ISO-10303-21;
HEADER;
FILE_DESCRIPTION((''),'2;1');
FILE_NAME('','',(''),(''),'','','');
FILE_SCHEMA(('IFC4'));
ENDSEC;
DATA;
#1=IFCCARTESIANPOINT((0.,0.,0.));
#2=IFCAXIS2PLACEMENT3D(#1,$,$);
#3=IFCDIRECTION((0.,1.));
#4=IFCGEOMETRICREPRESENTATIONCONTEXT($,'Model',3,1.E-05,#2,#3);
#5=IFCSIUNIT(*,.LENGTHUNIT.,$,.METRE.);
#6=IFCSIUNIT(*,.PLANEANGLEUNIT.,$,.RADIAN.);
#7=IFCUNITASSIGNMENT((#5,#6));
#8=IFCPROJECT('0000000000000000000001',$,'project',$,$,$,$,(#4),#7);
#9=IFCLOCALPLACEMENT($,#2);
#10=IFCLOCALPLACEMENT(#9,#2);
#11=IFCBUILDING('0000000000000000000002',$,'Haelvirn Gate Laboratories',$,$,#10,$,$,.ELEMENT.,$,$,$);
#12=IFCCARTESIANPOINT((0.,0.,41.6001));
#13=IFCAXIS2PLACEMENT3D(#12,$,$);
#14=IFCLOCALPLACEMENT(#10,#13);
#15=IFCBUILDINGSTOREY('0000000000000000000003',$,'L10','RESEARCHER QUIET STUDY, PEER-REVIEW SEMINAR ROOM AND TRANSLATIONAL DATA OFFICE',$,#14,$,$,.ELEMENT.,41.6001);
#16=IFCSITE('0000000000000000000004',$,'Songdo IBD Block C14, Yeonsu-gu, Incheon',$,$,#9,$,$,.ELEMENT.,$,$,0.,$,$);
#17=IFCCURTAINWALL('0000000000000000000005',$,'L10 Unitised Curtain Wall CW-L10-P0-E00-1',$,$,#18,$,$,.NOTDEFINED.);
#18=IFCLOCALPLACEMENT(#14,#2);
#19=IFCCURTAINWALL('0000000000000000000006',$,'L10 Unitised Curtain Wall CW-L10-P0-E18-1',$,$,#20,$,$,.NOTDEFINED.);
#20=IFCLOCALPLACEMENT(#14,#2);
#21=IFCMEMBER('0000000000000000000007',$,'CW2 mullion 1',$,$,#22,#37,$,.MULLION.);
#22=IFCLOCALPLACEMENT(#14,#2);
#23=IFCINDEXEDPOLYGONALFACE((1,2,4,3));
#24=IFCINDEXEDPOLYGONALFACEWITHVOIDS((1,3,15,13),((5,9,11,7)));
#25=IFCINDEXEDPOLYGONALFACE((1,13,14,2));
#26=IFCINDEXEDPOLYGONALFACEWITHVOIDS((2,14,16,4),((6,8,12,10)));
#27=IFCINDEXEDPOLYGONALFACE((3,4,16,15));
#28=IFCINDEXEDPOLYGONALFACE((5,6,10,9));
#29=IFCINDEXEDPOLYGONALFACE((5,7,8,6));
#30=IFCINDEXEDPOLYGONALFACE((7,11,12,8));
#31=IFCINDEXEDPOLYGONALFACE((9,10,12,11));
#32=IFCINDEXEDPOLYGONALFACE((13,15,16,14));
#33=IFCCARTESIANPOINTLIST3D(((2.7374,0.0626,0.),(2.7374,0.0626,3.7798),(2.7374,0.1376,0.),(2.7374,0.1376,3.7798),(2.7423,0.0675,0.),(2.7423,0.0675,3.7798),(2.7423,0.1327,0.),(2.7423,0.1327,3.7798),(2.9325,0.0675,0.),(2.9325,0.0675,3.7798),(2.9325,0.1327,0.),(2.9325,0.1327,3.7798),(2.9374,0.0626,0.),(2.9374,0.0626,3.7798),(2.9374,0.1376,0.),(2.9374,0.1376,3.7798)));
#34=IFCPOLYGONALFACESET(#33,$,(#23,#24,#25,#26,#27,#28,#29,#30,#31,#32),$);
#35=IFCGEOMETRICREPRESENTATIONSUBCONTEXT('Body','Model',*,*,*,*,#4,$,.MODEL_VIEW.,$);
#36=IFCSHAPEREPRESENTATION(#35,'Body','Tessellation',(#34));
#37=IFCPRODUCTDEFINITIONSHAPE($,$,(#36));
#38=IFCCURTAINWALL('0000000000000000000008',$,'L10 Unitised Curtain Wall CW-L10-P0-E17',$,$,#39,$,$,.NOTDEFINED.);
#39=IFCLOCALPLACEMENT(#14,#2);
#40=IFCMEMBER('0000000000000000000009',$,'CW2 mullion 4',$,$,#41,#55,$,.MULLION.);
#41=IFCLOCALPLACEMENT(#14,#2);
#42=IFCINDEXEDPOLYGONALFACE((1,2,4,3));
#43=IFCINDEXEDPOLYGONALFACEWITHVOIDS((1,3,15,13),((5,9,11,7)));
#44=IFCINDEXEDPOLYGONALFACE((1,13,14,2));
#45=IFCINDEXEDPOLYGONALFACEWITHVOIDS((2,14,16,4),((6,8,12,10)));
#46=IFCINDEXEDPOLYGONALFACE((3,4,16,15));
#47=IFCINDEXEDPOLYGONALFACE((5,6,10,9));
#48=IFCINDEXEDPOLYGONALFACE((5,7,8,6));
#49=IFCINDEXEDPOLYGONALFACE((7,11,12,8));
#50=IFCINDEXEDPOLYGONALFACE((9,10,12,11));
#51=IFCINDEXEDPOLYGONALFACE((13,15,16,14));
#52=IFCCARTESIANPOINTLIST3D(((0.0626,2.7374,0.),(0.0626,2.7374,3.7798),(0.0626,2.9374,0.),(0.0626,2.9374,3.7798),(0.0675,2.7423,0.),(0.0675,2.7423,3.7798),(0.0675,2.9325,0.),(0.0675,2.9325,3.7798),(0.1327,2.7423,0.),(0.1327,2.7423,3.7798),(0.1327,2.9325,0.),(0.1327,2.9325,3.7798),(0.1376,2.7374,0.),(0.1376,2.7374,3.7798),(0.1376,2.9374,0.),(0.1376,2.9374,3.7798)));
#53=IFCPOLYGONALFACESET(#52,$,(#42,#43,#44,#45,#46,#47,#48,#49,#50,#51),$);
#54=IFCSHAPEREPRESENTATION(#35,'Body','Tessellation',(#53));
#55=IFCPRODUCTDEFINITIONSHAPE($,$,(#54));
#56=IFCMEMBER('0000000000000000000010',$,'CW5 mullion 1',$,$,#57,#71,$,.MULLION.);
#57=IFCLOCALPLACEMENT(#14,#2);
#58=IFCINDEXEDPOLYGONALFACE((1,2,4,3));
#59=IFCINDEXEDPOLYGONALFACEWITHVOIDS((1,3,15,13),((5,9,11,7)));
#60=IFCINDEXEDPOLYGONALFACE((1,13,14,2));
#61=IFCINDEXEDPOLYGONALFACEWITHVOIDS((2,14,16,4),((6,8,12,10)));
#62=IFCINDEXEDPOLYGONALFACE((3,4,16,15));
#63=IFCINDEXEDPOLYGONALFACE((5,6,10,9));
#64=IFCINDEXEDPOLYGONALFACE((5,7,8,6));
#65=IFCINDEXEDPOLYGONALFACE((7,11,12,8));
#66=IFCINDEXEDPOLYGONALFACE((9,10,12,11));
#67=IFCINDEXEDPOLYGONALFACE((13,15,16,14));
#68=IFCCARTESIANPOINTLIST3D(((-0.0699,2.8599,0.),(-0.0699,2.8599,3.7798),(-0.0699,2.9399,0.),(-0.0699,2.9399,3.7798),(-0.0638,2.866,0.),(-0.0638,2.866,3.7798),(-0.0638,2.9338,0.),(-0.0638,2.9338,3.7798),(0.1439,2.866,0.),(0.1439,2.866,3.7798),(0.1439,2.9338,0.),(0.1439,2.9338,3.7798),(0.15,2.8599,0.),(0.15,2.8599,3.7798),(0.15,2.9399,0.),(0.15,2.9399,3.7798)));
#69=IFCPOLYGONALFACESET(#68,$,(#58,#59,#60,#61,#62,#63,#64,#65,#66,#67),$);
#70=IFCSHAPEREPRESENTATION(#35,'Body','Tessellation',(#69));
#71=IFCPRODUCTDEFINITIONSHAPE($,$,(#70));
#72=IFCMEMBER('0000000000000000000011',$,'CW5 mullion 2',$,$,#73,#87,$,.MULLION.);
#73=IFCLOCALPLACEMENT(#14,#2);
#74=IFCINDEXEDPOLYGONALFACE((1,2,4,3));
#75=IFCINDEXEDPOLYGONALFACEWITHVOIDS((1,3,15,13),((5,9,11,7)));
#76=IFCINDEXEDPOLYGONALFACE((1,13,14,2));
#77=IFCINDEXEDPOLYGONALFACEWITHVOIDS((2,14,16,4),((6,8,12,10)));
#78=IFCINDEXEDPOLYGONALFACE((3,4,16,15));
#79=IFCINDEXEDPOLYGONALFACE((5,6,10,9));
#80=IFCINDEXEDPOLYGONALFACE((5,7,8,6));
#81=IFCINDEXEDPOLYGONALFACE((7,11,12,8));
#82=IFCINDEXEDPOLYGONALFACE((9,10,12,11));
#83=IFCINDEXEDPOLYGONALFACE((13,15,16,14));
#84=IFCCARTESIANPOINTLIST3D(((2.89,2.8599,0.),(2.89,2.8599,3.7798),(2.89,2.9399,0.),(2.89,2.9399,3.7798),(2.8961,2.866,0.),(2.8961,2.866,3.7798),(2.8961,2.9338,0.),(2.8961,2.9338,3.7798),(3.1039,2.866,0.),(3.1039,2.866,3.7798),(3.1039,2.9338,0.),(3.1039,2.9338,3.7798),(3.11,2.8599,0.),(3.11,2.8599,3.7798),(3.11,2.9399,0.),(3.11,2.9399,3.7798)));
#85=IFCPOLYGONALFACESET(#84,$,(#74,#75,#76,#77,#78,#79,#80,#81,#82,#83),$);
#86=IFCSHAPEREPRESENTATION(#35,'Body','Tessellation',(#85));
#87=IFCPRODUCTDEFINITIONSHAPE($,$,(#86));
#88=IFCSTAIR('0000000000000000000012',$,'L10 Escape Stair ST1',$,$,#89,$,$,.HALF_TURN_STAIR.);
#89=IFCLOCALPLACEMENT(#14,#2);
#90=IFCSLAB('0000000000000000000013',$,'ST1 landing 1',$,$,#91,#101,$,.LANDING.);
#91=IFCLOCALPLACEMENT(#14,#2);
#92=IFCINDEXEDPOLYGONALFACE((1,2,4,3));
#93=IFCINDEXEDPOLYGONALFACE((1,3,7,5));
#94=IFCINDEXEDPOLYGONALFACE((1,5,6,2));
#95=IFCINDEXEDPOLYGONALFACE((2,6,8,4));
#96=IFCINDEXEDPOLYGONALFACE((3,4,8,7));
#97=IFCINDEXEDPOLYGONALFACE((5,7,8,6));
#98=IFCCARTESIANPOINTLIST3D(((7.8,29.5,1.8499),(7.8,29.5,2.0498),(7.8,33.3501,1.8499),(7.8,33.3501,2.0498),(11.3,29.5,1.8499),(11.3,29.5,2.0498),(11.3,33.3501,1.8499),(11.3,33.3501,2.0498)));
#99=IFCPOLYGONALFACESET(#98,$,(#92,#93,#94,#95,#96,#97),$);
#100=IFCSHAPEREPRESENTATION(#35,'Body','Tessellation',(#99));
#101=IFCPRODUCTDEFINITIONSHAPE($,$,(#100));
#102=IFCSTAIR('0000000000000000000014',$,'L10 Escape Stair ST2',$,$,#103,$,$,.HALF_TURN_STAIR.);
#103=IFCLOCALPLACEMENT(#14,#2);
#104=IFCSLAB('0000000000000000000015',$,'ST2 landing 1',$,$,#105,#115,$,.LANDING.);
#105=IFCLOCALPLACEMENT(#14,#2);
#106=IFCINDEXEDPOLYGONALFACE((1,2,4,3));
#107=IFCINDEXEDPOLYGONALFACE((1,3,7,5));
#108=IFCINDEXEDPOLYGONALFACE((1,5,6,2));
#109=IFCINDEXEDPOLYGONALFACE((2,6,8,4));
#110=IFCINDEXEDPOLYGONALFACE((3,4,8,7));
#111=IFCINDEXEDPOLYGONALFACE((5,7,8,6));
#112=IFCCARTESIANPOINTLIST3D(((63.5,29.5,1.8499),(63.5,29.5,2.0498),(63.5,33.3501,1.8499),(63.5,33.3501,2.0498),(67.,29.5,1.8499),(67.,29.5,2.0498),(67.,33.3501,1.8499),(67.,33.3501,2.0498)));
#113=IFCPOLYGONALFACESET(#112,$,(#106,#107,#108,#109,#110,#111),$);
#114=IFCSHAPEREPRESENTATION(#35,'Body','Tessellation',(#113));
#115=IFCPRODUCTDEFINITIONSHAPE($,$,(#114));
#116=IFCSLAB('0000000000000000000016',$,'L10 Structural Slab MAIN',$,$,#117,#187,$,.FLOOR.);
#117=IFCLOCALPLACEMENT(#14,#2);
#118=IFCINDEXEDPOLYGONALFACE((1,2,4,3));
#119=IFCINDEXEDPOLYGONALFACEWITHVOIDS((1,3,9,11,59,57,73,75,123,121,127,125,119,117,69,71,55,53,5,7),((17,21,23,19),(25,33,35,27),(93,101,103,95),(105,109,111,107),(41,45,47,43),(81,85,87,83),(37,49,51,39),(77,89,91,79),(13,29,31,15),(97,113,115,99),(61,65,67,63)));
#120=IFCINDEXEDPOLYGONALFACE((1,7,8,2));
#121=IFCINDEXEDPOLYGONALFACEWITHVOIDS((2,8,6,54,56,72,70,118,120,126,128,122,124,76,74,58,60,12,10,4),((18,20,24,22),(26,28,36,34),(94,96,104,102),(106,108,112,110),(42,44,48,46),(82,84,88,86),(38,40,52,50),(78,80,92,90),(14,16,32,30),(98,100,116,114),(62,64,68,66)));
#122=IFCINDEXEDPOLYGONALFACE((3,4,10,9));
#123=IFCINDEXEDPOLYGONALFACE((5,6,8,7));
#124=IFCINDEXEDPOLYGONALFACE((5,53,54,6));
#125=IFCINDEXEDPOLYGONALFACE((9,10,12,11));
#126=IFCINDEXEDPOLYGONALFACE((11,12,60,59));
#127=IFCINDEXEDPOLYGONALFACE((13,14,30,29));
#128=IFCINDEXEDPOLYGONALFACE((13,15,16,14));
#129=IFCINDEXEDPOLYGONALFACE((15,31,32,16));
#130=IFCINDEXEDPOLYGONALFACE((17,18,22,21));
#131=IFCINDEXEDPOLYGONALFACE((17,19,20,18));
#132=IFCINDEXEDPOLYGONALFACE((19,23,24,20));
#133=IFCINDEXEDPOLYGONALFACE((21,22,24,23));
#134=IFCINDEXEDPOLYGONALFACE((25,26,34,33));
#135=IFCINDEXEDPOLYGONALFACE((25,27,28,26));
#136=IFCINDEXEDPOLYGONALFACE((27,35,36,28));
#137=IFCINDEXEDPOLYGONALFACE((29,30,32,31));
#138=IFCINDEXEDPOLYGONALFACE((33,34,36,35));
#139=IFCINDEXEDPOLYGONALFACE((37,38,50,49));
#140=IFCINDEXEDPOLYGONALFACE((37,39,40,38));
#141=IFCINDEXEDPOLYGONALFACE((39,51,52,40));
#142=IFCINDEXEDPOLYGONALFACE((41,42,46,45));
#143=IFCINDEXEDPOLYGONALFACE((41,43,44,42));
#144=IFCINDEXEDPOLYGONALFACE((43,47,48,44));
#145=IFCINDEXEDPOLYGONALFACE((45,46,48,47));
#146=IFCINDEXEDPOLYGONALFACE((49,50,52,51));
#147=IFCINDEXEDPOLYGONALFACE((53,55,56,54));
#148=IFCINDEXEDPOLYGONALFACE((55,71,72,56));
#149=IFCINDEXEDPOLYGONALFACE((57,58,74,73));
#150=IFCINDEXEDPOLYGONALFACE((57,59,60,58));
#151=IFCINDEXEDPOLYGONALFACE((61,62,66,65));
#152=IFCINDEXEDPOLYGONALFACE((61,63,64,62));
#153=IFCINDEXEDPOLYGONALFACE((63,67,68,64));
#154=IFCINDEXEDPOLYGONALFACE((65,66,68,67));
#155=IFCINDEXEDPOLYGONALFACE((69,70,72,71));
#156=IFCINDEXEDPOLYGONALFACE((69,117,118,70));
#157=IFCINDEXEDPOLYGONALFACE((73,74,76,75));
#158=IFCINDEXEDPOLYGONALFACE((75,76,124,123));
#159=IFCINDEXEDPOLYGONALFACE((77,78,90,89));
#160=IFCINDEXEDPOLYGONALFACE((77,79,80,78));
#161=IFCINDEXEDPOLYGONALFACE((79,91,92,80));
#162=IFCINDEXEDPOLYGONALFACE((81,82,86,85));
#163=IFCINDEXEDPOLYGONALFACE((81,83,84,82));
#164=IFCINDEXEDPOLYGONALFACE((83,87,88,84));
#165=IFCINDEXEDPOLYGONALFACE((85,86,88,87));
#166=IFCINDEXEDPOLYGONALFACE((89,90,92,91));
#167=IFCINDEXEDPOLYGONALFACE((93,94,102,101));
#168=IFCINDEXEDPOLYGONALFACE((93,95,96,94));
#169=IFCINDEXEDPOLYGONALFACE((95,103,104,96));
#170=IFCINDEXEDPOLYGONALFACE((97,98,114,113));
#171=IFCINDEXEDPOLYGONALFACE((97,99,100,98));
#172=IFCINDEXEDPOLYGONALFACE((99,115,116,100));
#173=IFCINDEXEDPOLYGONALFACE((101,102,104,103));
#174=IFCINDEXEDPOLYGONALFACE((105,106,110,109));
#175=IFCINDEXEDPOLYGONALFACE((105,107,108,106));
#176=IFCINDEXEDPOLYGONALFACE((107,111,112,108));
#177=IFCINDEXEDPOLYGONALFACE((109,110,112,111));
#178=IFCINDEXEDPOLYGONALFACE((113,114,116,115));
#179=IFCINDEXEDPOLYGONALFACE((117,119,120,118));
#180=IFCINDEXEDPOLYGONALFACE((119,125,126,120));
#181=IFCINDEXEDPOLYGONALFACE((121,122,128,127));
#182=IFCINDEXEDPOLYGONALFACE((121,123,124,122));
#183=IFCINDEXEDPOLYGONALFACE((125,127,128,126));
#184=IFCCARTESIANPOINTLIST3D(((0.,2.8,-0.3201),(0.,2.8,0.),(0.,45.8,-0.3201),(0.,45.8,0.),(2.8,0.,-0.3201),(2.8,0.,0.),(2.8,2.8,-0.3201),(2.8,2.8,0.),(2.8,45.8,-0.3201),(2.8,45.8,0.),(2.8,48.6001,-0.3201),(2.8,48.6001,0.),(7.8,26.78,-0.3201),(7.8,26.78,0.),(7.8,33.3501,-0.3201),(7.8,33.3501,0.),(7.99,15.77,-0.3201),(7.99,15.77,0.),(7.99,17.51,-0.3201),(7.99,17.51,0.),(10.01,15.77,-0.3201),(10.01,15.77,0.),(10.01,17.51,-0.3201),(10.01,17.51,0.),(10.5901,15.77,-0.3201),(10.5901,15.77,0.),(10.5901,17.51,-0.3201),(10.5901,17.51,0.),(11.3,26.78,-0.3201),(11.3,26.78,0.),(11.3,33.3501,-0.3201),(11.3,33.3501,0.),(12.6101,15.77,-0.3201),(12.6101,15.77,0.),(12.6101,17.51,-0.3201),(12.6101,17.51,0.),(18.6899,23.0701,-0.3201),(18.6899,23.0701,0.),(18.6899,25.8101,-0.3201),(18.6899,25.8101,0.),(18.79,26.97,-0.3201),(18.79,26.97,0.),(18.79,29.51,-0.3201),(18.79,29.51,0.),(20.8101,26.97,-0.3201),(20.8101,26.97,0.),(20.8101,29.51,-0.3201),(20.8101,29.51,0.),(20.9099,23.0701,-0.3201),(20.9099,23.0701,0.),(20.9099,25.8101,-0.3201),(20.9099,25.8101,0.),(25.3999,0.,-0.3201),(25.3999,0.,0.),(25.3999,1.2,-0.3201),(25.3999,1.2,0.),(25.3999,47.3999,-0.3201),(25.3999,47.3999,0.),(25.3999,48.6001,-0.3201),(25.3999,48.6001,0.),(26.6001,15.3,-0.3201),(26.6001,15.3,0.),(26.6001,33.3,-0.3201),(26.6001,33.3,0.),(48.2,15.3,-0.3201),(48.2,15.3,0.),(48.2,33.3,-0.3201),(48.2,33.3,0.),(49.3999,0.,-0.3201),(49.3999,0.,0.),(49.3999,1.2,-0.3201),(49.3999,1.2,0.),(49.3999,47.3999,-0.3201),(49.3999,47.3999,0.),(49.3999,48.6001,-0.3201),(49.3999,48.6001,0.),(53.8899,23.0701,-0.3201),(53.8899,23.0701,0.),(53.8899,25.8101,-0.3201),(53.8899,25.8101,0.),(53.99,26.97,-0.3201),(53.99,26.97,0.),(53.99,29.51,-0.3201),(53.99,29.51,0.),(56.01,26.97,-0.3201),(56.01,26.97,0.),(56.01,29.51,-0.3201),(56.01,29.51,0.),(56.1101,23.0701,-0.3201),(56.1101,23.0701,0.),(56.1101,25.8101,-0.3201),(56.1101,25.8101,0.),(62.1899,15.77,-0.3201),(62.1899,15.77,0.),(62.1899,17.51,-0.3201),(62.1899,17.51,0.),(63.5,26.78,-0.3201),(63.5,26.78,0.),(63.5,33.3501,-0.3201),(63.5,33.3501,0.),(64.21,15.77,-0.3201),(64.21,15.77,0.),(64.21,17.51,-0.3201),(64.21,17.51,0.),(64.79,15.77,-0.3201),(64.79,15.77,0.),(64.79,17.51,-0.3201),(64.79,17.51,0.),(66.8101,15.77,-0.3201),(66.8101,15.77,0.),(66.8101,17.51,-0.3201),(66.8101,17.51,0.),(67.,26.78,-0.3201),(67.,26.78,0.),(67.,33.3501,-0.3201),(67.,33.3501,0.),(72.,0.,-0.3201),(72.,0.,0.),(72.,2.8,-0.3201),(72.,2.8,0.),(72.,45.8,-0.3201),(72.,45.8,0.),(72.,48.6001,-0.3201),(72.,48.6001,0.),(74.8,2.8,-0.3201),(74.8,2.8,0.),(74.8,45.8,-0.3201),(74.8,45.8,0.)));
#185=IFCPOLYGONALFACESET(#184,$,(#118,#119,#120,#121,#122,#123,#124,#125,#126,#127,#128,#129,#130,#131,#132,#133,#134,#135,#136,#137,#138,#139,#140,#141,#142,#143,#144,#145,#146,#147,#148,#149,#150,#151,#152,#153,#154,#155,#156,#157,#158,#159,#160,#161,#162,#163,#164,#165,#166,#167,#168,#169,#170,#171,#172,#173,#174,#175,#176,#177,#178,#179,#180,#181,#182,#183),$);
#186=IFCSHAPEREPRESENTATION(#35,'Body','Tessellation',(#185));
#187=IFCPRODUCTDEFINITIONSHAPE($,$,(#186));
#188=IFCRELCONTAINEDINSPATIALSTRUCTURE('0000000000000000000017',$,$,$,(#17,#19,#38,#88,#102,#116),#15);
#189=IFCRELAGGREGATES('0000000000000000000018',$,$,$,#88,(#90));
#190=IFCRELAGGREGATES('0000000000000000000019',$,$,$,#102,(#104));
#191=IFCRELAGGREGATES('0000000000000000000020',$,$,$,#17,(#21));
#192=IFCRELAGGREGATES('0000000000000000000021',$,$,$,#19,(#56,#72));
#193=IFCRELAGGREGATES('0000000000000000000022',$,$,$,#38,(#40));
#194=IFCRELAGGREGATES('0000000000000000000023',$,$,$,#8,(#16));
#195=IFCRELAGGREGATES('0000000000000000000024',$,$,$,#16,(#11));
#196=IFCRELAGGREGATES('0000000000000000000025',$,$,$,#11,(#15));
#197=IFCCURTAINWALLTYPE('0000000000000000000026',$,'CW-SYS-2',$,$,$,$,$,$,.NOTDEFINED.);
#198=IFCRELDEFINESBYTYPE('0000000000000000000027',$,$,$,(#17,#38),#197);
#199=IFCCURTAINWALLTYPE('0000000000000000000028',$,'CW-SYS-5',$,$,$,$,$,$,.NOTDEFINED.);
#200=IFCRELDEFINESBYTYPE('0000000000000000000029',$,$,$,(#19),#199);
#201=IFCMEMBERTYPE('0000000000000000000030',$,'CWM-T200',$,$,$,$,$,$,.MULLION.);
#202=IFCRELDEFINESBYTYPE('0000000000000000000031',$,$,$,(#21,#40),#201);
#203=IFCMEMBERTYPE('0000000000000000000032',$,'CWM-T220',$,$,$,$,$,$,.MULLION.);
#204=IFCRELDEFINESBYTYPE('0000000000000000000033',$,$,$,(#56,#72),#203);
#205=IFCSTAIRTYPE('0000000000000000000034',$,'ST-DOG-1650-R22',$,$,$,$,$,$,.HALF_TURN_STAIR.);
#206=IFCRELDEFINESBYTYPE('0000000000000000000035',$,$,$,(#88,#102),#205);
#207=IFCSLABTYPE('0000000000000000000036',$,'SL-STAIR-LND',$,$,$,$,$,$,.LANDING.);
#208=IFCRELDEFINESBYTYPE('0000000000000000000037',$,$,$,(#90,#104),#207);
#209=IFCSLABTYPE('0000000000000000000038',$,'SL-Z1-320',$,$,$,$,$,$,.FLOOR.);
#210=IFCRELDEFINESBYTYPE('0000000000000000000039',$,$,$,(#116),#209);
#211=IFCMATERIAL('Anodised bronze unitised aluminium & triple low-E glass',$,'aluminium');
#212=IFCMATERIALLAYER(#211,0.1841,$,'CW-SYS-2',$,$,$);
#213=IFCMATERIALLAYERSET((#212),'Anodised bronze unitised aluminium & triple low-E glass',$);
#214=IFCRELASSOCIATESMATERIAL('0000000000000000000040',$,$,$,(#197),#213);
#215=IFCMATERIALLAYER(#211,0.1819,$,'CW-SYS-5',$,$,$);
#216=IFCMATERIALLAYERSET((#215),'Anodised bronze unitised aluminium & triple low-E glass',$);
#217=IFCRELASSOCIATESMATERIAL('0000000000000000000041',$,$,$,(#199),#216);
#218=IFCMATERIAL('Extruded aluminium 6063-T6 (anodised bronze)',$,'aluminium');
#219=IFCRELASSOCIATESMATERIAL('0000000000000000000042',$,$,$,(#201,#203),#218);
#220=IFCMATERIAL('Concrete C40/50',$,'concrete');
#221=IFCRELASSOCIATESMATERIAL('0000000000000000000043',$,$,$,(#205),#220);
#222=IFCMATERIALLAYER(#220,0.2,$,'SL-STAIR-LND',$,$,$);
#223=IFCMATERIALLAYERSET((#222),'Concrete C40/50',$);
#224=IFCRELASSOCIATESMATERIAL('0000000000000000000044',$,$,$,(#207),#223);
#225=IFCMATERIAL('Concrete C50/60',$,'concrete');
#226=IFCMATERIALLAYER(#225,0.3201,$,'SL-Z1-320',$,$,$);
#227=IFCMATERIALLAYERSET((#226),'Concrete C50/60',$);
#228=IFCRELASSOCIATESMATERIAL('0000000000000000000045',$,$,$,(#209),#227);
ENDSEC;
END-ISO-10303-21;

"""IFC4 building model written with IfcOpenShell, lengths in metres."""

from ifc_helpers import new_model, si_unit, direction, frame, origin, origin_2d, place, context, subcontext, project, spatial, polyline, hollow_rectangle, outline, extrude, source, transform, mapped, material, layer, layer_set, material_profile, profile_set, type_object, type_shapes, element, aggregate, save


model = new_model("IFC4")

# Units and contexts
model_context = context("Model", 3, precision=1e-05, world=origin(), true_north=direction((0.0, 1.0)))
body_context = subcontext(model_context, "Body", "Model", "MODEL_VIEW")
ifc_project = project(units=[si_unit("LENGTHUNIT", "METRE"), si_unit("PLANEANGLEUNIT", "RADIAN")], contexts=[model_context])

# Site, building, storey
site_placement = place(None, origin())
site = spatial("IfcSite", under=ifc_project, at=site_placement, Name="Songdo IBD Block C14, Yeonsu-gu, Incheon", CompositionType="ELEMENT", RefElevation=0.0)
building_placement = place(site_placement, origin())
building = spatial("IfcBuilding", under=site, at=building_placement, Name="Haelvirn Gate Laboratories", CompositionType="ELEMENT")
storey_placement = place(building_placement, frame((0.0, 0.0, 41.6001)))
storey = spatial("IfcBuildingStorey", under=building, at=storey_placement, Name="L10", Description="RESEARCHER QUIET STUDY, PEER-REVIEW SEMINAR ROOM AND TRANSLATIONAL DATA OFFICE", CompositionType="ELEMENT", Elevation=41.6001)

# Curtain walls
ifc_material_1 = material(Name="Anodised bronze unitised aluminium & triple low-E glass", Category="aluminium")
ifc_layer_1 = layer(ifc_material_1, 0.1841, Name="CW-SYS-2")
ifc_layer_set_1 = layer_set([ifc_layer_1], Name="Anodised bronze unitised aluminium & triple low-E glass")
curtain_wall_type_1 = type_object("IfcCurtainWallType", Name="CW-SYS-2", PredefinedType="NOTDEFINED", material=ifc_layer_set_1)
curtain_wall_1_placement = place(storey_placement, origin())
curtain_wall_1 = element("IfcCurtainWall", 1, at=curtain_wall_1_placement, inside=storey, type_object=curtain_wall_type_1, Name="L10 Unitised Curtain Wall CW-L10-P0-E00-1", PredefinedType="NOTDEFINED")
ifc_material_2 = material(Name="Extruded aluminium 6063-T6 (anodised bronze)", Category="aluminium")
ifc_layer_2 = layer(ifc_material_1, 0.1819, Name="CW-SYS-5")
ifc_layer_set_2 = layer_set([ifc_layer_2], Name="Anodised bronze unitised aluminium & triple low-E glass")
curtain_wall_type_2 = type_object("IfcCurtainWallType", Name="CW-SYS-5", PredefinedType="NOTDEFINED", material=ifc_layer_set_2)
curtain_wall_2_placement = place(storey_placement, origin())
curtain_wall_2 = element("IfcCurtainWall", 2, at=curtain_wall_2_placement, inside=storey, type_object=curtain_wall_type_2, Name="L10 Unitised Curtain Wall CW-L10-P0-E18-1", PredefinedType="NOTDEFINED")

# Member
ifc_material_profile_1 = material_profile(ifc_material_2, hollow_rectangle(XDim=0.075, YDim=0.2, WallThickness=0.0049, at=origin_2d()), Name="CWM-200x75x5")
ifc_profile_set_1 = profile_set([ifc_material_profile_1], Name="Extruded aluminium 6063-T6 (anodised bronze)")
member_type_1 = type_object("IfcMemberType", Name="CWM-T200", PredefinedType="MULLION", material=ifc_profile_set_1)
shared_shape_1 = source(origin(), body_context, "Body", "SweptSolid", [
    extrude(hollow_rectangle(XDim=0.075, YDim=0.2, WallThickness=0.0049, at=origin_2d()), origin(), (0.0, 0.0, 1.0), 3.7798),
])
type_shapes(member_type_1, [shared_shape_1])
member_1_placement = place(storey_placement, frame((2.8374, 0.1001, 0.0), z_axis=(0.0, 0.0, 1.0), x_axis=(0.0, 1.0, 0.0)))
member_1 = element("IfcMember", 3, at=member_1_placement, type_object=member_type_1, Name="CW2 mullion 1", PredefinedType="MULLION", context=body_context, shape_type="MappedRepresentation", body=[
    mapped(shared_shape_1, transform((0.0, 0.0, 0.0), scale=1.0)),
])

# Curtain wall, member
curtain_wall_3_placement = place(storey_placement, origin())
curtain_wall_3 = element("IfcCurtainWall", 4, at=curtain_wall_3_placement, inside=storey, type_object=curtain_wall_type_1, Name="L10 Unitised Curtain Wall CW-L10-P0-E17", PredefinedType="NOTDEFINED")
member_2_placement = place(storey_placement, frame((0.1001, 2.8374, 0.0), z_axis=(0.0, 0.0, 1.0), x_axis=(1.0, 0.0, 0.0)))
member_2 = element("IfcMember", 5, at=member_2_placement, type_object=member_type_1, Name="CW2 mullion 4", PredefinedType="MULLION", context=body_context, shape_type="MappedRepresentation", body=[
    mapped(shared_shape_1, transform((0.0, 0.0, 0.0), scale=1.0)),
])

# Members
ifc_material_profile_2 = material_profile(ifc_material_2, hollow_rectangle(XDim=0.0801, YDim=0.22, WallThickness=0.0061, at=origin_2d()), Name="CWM-220x80x6")
ifc_profile_set_2 = profile_set([ifc_material_profile_2], Name="Extruded aluminium 6063-T6 (anodised bronze)")
member_type_2 = type_object("IfcMemberType", Name="CWM-T220", PredefinedType="MULLION", material=ifc_profile_set_2)
shared_shape_2 = source(origin(), body_context, "Body", "SweptSolid", [
    extrude(hollow_rectangle(XDim=0.0801, YDim=0.22, WallThickness=0.0061, at=origin_2d()), origin(), (0.0, 0.0, 1.0), 3.7798),
])
type_shapes(member_type_2, [shared_shape_2])
member_3_placement = place(storey_placement, frame((0.04, 2.8999, 0.0), z_axis=(0.0, 0.0, 1.0), x_axis=(0.0, 1.0, 0.0)))
member_3 = element("IfcMember", 6, at=member_3_placement, type_object=member_type_2, Name="CW5 mullion 1", PredefinedType="MULLION", context=body_context, shape_type="MappedRepresentation", body=[
    mapped(shared_shape_2, transform((0.0, 0.0, 0.0), scale=1.0)),
])
member_4_placement = place(storey_placement, frame((3.0, 2.8999, 0.0), z_axis=(0.0, 0.0, 1.0), x_axis=(0.0, 1.0, 0.0)))
member_4 = element("IfcMember", 7, at=member_4_placement, type_object=member_type_2, Name="CW5 mullion 2", PredefinedType="MULLION", context=body_context, shape_type="MappedRepresentation", body=[
    mapped(shared_shape_2, transform((0.0, 0.0, 0.0), scale=1.0)),
])

# Stairs, slabs
ifc_material_3 = material(Name="Concrete C40/50", Category="concrete")
stair_type = type_object("IfcStairType", Name="ST-DOG-1650-R22", PredefinedType="HALF_TURN_STAIR", material=ifc_material_3)
stair_1_placement = place(storey_placement, origin())
stair_1 = element("IfcStair", 8, at=stair_1_placement, inside=storey, type_object=stair_type, Name="L10 Escape Stair ST1", PredefinedType="HALF_TURN_STAIR")
ifc_layer_3 = layer(ifc_material_3, 0.2, Name="SL-STAIR-LND")
ifc_layer_set_3 = layer_set([ifc_layer_3], Name="Concrete C40/50")
slab_type_1 = type_object("IfcSlabType", Name="SL-STAIR-LND", PredefinedType="LANDING", material=ifc_layer_set_3)
slab_1_placement = place(storey_placement, frame((0.0, 0.0, 1.8499)))
slab_1 = element("IfcSlab", 9, at=slab_1_placement, type_object=slab_type_1, Name="ST1 landing 1", PredefinedType="LANDING", context=body_context, shape_type="SweptSolid", body=[
    extrude(outline(polyline([(11.3, 29.5), (11.3, 33.3501), (7.8, 33.3501), (7.8, 29.5), (11.3, 29.5)])), origin(), (0.0, 0.0, 1.0), 0.2),
])
aggregate(stair_1, [slab_1])
stair_2_placement = place(storey_placement, origin())
stair_2 = element("IfcStair", 10, at=stair_2_placement, inside=storey, type_object=stair_type, Name="L10 Escape Stair ST2", PredefinedType="HALF_TURN_STAIR")
slab_2_placement = place(storey_placement, frame((0.0, 0.0, 1.8499)))
slab_2 = element("IfcSlab", 11, at=slab_2_placement, type_object=slab_type_1, Name="ST2 landing 1", PredefinedType="LANDING", context=body_context, shape_type="SweptSolid", body=[
    extrude(outline(polyline([(67.0, 29.5), (67.0, 33.3501), (63.5, 33.3501), (63.5, 29.5), (67.0, 29.5)])), origin(), (0.0, 0.0, 1.0), 0.2),
])
aggregate(stair_2, [slab_2])

# Slab
ifc_material_4 = material(Name="Concrete C50/60", Category="concrete")
ifc_layer_4 = layer(ifc_material_4, 0.3201, Name="SL-Z1-320")
ifc_layer_set_4 = layer_set([ifc_layer_4], Name="Concrete C50/60")
slab_type_2 = type_object("IfcSlabType", Name="SL-Z1-320", PredefinedType="FLOOR", material=ifc_layer_set_4)
slab_3_placement = place(storey_placement, frame((0.0, 0.0, -0.3201)))
element("IfcSlab", 12, at=slab_3_placement, inside=storey, type_object=slab_type_2, Name="L10 Structural Slab MAIN", PredefinedType="FLOOR", context=body_context, shape_type="SweptSolid", body=[
    extrude(outline(polyline([(2.8, 0.0), (25.3999, 0.0), (25.3999, 1.2), (49.3999, 1.2), (49.3999, 0.0), (72.0, 0.0), (72.0, 2.8), (74.8, 2.8), (74.8, 45.8), (72.0, 45.8), (72.0, 48.6001), (49.3999, 48.6001), (49.3999, 47.3999), (25.3999, 47.3999), (25.3999, 48.6001), (2.8, 48.6001), (2.8, 45.8), (0.0, 45.8), (0.0, 2.8), (2.8, 2.8), (2.8, 0.0)]), holes=[polyline([(26.6001, 15.3), (48.2, 15.3), (48.2, 33.3), (26.6001, 33.3), (26.6001, 15.3)]), polyline([(11.3, 26.78), (11.3, 33.3501), (7.8, 33.3501), (7.8, 26.78), (11.3, 26.78)]), polyline([(67.0, 26.78), (67.0, 33.3501), (63.5, 33.3501), (63.5, 26.78), (67.0, 26.78)]), polyline([(7.99, 15.77), (10.01, 15.77), (10.01, 17.51), (7.99, 17.51), (7.99, 15.77)]), polyline([(10.5901, 15.77), (12.6101, 15.77), (12.6101, 17.51), (10.5901, 17.51), (10.5901, 15.77)]), polyline([(18.79, 26.97), (20.8101, 26.97), (20.8101, 29.51), (18.79, 29.51), (18.79, 26.97)]), polyline([(18.6899, 23.0701), (20.9099, 23.0701), (20.9099, 25.8101), (18.6899, 25.8101), (18.6899, 23.0701)]), polyline([(64.79, 15.77), (66.8101, 15.77), (66.8101, 17.51), (64.79, 17.51), (64.79, 15.77)]), polyline([(62.1899, 15.77), (64.21, 15.77), (64.21, 17.51), (62.1899, 17.51), (62.1899, 15.77)]), polyline([(53.99, 26.97), (56.01, 26.97), (56.01, 29.51), (53.99, 29.51), (53.99, 26.97)]), polyline([(53.8899, 23.0701), (56.1101, 23.0701), (56.1101, 25.8101), (53.8899, 25.8101), (53.8899, 23.0701)])]), origin(), (0.0, 0.0, 1.0), 0.3201),
])

aggregate(curtain_wall_1, [member_1])
aggregate(curtain_wall_2, [member_3, member_4])
aggregate(curtain_wall_3, [member_2])

save(model, "model.ifc")
